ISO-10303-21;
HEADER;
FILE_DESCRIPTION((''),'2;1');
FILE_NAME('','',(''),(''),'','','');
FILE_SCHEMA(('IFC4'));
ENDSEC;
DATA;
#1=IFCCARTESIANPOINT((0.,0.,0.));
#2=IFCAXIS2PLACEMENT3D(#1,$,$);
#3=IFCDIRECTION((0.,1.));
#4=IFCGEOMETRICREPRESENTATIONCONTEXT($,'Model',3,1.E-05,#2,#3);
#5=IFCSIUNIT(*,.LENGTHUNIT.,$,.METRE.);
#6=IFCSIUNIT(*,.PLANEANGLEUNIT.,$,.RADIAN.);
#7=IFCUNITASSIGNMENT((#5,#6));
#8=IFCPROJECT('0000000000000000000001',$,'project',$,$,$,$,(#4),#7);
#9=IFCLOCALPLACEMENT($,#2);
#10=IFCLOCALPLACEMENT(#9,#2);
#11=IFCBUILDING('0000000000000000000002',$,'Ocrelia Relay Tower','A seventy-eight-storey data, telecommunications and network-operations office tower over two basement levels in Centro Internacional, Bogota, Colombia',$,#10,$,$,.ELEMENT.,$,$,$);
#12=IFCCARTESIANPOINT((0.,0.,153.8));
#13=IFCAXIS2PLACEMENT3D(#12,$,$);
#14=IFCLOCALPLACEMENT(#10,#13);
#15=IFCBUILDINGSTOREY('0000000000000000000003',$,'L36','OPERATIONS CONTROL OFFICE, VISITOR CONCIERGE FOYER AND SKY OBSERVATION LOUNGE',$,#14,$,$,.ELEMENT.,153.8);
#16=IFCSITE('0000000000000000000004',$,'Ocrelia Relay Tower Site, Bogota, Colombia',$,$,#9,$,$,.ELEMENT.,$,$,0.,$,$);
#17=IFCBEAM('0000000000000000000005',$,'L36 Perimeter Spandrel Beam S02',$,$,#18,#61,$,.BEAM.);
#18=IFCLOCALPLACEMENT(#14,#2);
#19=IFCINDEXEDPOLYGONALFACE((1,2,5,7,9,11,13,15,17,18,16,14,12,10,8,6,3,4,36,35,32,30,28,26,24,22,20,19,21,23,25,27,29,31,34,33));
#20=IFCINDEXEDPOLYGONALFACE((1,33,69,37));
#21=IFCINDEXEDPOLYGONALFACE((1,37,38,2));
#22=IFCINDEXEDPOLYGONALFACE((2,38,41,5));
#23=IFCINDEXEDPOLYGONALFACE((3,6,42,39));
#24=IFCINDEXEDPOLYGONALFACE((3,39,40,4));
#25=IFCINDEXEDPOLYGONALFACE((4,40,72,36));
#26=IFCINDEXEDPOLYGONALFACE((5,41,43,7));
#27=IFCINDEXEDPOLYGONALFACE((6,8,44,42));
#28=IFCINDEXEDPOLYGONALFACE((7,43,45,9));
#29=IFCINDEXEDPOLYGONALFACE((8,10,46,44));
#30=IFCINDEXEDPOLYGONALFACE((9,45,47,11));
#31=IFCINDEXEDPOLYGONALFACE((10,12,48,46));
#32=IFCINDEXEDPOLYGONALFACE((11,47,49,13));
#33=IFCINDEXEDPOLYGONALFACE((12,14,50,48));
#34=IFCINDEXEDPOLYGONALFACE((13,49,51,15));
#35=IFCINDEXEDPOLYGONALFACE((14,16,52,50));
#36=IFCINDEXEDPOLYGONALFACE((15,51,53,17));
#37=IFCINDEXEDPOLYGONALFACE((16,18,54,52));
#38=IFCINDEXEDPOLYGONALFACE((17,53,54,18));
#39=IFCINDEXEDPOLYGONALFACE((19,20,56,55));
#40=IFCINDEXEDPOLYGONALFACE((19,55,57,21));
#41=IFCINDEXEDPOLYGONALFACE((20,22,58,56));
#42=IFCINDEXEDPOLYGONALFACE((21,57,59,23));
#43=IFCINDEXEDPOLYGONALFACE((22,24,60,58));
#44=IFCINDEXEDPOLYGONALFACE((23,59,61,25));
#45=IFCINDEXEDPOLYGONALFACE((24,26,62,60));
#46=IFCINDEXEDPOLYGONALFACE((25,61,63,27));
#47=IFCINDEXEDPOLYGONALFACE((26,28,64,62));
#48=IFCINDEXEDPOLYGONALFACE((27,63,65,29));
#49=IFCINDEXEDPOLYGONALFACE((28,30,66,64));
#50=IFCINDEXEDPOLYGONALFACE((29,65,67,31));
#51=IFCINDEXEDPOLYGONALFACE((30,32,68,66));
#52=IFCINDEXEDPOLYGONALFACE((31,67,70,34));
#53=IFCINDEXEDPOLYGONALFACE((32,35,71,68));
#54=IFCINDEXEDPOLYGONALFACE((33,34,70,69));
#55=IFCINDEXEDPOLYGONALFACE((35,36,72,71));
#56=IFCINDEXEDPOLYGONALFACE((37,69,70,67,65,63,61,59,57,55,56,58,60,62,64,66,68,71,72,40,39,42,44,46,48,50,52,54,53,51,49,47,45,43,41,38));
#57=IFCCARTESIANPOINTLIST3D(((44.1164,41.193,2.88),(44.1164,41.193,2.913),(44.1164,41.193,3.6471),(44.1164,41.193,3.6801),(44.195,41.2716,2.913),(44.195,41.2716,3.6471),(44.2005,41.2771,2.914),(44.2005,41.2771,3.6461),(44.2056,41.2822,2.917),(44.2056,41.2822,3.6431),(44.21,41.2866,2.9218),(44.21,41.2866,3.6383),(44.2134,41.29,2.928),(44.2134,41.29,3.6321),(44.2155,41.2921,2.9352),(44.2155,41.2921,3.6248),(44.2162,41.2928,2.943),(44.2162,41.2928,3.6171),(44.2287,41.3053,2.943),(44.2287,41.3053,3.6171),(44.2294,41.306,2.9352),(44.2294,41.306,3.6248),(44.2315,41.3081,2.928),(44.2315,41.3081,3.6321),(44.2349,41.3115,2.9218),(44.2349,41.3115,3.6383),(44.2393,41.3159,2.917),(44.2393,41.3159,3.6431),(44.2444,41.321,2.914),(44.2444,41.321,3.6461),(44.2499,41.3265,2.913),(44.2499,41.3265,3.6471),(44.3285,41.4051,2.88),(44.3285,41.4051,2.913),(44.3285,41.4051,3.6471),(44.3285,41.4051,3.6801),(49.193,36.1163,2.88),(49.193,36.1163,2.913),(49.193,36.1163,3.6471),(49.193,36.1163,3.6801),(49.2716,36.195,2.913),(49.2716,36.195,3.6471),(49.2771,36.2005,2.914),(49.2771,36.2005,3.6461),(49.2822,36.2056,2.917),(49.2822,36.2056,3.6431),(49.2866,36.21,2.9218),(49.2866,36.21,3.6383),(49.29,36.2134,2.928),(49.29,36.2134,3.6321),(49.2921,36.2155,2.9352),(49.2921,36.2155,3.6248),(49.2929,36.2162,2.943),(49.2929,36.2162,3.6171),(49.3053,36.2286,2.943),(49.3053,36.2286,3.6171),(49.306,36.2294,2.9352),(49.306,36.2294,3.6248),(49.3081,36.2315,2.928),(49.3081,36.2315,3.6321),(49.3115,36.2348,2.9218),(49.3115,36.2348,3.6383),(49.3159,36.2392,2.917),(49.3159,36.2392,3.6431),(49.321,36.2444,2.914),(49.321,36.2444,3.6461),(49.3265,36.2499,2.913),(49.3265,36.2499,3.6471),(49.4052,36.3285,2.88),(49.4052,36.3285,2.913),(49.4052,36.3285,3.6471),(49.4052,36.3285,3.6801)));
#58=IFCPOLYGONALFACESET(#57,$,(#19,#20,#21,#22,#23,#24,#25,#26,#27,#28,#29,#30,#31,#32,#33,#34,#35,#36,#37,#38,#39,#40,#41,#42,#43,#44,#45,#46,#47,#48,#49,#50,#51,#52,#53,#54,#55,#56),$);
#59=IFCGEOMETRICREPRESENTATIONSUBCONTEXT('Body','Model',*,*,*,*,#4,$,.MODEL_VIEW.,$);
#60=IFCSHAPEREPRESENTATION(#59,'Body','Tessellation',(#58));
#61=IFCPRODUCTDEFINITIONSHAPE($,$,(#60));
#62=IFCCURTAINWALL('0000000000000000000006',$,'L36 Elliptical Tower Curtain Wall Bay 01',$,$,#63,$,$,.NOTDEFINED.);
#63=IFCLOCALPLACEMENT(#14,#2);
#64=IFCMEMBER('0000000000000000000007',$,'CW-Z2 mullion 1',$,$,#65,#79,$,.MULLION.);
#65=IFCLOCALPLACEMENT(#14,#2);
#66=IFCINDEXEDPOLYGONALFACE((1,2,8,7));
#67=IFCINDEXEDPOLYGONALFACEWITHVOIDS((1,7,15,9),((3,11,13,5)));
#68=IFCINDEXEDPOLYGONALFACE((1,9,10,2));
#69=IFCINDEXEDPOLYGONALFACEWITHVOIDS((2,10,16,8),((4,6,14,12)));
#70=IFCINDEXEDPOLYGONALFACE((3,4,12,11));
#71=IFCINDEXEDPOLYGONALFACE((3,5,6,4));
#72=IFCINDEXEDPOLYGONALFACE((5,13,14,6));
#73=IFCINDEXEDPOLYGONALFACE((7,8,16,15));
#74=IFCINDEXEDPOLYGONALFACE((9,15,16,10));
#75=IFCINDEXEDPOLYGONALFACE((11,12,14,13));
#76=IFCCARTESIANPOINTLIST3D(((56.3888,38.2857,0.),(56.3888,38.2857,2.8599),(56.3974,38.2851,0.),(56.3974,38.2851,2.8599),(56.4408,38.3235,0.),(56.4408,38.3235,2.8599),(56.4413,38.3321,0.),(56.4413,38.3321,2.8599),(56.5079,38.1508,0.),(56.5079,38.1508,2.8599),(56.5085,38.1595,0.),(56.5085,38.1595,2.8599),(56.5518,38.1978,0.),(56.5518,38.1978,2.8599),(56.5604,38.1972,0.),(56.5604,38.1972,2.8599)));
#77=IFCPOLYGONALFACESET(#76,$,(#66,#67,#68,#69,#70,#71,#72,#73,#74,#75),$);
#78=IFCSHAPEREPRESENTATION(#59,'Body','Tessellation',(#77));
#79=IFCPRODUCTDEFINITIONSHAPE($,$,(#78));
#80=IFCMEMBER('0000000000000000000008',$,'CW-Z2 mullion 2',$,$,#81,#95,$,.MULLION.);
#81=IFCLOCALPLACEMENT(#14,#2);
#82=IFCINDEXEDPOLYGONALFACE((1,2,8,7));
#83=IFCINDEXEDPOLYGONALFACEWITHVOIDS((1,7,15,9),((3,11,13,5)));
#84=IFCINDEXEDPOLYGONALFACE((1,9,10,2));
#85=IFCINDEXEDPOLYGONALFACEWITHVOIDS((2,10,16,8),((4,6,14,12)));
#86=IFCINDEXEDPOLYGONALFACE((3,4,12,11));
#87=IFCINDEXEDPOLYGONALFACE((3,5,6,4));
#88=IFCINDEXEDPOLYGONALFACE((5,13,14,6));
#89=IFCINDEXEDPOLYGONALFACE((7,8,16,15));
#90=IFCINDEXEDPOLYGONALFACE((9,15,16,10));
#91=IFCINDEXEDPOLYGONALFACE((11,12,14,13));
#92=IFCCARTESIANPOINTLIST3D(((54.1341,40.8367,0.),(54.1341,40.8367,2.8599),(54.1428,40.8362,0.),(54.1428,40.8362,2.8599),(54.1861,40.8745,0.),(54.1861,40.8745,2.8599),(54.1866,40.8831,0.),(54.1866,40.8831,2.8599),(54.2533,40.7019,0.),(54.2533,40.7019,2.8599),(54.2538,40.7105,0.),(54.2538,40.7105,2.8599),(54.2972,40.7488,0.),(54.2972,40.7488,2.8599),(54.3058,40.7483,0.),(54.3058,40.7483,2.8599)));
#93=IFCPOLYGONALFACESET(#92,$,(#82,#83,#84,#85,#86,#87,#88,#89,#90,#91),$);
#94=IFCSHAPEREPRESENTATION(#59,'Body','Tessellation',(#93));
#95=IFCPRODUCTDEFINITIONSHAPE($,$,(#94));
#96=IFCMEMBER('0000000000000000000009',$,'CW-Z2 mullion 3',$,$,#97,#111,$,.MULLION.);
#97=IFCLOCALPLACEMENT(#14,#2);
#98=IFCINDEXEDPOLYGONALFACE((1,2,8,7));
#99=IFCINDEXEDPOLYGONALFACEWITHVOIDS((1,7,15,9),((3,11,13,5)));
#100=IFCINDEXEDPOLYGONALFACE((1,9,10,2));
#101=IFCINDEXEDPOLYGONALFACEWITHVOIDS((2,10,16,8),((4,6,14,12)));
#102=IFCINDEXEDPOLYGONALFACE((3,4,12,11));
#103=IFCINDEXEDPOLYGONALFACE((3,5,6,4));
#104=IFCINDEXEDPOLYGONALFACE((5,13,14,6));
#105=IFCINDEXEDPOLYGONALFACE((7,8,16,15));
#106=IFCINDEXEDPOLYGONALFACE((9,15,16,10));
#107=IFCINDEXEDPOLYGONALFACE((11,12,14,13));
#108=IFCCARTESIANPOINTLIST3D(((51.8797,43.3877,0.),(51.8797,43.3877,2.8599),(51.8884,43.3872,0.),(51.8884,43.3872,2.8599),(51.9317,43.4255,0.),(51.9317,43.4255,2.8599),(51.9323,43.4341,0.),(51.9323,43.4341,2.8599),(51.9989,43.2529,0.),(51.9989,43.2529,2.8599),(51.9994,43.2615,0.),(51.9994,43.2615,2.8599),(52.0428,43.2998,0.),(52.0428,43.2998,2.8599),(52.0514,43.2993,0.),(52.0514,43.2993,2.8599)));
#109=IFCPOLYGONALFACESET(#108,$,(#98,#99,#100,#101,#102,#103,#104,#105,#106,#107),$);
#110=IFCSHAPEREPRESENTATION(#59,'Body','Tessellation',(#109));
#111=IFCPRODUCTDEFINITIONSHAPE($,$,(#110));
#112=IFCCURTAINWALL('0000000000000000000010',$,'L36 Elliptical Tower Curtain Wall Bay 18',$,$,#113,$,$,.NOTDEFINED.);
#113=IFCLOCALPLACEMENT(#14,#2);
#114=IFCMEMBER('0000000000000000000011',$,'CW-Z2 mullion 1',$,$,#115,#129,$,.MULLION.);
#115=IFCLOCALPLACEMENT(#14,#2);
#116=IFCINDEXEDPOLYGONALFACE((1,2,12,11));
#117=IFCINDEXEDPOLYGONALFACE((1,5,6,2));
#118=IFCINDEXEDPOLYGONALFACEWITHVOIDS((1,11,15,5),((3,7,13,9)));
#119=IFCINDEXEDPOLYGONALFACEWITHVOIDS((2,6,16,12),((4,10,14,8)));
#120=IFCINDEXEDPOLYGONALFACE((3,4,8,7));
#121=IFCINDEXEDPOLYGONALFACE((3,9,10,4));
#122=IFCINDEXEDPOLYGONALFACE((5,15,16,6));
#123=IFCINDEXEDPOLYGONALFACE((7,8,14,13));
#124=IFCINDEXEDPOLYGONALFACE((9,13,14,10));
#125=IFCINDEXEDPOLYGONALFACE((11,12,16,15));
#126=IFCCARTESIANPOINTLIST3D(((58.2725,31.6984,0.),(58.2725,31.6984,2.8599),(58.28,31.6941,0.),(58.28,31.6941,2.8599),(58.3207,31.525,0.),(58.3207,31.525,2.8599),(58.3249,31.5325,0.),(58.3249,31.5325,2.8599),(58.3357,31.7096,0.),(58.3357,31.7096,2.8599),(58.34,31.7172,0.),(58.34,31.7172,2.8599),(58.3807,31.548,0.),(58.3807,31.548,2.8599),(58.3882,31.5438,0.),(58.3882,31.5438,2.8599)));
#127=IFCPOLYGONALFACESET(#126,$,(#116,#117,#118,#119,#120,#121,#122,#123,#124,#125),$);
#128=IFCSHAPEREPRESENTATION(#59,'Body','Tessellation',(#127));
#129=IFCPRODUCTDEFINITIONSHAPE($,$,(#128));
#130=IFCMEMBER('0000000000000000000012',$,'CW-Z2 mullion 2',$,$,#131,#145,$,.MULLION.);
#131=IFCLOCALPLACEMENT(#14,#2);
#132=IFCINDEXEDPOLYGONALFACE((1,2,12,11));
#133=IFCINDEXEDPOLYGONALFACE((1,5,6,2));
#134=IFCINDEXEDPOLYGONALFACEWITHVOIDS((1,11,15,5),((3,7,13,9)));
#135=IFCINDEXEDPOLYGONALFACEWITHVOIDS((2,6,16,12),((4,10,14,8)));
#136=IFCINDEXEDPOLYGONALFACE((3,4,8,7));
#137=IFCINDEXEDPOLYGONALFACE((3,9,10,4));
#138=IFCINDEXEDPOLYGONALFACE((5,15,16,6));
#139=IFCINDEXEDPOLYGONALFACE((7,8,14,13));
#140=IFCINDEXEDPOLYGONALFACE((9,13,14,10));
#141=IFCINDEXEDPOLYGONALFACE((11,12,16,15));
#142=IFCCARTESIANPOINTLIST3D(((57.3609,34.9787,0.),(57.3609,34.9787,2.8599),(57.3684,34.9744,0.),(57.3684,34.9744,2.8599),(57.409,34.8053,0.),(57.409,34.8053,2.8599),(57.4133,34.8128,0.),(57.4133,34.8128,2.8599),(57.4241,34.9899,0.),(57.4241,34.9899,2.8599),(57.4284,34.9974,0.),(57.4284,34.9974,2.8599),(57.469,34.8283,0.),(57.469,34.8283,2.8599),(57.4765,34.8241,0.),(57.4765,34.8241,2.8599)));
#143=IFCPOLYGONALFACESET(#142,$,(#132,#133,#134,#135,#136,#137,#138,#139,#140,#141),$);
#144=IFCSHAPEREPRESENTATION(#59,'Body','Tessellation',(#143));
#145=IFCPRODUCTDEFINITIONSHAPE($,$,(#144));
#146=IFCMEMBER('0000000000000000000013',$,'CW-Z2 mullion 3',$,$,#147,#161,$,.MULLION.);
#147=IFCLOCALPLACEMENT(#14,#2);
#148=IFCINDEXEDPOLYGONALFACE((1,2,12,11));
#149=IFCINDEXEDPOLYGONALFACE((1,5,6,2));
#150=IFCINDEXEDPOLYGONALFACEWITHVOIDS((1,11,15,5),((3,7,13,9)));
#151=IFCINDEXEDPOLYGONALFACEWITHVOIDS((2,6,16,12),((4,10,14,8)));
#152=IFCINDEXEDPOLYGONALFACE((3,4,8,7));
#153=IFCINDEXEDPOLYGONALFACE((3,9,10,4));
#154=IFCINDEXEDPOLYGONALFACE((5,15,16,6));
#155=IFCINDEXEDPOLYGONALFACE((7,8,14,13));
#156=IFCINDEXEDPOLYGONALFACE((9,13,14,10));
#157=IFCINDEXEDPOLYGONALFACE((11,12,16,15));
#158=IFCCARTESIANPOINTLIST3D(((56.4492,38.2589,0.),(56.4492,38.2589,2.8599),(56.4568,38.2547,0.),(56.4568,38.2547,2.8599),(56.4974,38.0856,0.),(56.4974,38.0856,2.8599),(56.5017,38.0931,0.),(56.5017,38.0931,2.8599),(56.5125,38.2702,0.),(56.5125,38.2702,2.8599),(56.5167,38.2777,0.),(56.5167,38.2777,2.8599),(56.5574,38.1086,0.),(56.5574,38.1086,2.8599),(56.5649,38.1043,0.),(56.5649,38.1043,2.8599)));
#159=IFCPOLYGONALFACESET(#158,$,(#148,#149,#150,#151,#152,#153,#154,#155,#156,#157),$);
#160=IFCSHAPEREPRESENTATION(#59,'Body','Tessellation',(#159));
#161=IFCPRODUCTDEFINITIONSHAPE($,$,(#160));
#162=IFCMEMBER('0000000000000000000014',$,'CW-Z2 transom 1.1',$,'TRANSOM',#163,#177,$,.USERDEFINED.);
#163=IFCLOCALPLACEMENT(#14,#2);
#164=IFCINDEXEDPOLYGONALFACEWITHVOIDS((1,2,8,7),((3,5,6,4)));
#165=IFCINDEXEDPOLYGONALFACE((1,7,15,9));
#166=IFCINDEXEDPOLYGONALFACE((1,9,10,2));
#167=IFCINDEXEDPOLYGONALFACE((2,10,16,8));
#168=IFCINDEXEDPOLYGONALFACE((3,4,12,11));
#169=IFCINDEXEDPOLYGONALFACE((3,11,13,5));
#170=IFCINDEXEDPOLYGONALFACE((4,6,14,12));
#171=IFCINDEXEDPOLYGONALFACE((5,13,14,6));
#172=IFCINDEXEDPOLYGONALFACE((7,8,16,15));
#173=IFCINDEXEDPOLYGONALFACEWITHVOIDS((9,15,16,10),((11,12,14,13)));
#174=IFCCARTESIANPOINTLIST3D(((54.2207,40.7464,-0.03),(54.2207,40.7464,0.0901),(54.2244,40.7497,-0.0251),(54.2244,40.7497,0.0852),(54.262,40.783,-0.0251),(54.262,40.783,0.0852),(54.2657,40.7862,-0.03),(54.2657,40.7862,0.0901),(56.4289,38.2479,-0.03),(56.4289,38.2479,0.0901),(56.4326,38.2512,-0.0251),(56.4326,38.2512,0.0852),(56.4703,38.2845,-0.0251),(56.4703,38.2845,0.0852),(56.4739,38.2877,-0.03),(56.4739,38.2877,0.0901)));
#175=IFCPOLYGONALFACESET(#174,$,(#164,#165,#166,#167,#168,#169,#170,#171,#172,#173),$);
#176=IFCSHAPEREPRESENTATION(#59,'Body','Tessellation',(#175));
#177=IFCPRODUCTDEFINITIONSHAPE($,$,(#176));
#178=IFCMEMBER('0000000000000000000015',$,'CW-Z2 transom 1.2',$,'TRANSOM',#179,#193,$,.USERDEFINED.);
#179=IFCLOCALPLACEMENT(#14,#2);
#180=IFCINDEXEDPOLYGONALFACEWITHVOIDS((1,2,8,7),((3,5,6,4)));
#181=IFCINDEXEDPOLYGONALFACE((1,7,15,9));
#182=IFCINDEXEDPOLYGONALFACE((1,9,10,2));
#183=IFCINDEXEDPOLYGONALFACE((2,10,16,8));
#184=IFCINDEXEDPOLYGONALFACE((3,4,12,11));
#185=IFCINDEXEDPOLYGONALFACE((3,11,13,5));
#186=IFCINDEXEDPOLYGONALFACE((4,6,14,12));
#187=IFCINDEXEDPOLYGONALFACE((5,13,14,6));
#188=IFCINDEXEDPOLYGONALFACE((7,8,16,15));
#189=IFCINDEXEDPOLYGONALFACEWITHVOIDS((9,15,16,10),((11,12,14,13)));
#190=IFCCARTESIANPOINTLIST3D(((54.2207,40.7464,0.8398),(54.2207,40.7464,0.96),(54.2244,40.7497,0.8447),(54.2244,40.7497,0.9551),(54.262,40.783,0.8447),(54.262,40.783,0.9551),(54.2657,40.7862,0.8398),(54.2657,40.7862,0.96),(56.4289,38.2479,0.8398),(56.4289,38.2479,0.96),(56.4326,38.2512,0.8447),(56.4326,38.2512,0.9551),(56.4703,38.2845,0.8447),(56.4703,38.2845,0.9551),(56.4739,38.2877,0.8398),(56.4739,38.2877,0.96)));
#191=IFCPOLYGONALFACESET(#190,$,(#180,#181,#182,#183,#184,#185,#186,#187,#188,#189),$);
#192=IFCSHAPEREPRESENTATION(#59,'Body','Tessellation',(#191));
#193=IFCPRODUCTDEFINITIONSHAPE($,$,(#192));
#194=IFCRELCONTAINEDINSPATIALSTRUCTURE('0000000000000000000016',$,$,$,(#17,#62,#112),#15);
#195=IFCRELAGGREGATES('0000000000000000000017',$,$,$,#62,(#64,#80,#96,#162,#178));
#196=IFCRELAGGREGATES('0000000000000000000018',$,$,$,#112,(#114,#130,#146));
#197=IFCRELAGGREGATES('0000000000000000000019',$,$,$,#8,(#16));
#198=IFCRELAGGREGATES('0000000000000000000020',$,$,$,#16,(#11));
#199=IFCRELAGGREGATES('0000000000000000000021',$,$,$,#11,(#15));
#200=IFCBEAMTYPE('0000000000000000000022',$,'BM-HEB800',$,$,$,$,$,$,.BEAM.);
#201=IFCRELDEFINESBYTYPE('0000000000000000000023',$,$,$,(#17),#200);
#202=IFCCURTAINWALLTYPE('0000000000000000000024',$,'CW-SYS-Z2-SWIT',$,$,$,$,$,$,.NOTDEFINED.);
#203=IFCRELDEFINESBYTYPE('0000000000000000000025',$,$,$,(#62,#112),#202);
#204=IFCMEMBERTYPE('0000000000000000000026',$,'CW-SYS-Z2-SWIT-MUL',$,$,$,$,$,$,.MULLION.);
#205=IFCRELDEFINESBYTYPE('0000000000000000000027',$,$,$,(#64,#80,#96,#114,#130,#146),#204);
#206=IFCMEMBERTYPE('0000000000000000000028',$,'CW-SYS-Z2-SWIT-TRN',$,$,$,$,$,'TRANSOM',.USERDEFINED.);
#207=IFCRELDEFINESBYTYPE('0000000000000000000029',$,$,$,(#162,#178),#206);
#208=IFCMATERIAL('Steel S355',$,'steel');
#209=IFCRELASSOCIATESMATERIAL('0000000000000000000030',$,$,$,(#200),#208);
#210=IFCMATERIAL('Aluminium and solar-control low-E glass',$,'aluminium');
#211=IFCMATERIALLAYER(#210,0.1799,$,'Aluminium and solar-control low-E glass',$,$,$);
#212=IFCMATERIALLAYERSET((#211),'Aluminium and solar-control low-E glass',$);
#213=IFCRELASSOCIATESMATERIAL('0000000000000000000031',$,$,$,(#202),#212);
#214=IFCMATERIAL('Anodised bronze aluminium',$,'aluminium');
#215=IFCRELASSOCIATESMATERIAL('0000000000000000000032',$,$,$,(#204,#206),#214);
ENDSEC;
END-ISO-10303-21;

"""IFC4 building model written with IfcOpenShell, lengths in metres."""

from ifc_helpers import new_model, si_unit, direction, frame, origin, origin_2d, place, context, subcontext, project, spatial, hollow_rectangle, i_section, extrude, material, layer, layer_set, material_profile, profile_set, type_object, element, aggregate, save


model = new_model("IFC4")

# Units and contexts
model_context = context("Model", 3, precision=1e-05, world=origin(), true_north=direction((0.0, 1.0)))
body_context = subcontext(model_context, "Body", "Model", "MODEL_VIEW")
ifc_project = project(units=[si_unit("LENGTHUNIT", "METRE"), si_unit("PLANEANGLEUNIT", "RADIAN")], contexts=[model_context])

# Site, building, storey
site_placement = place(None, origin())
site = spatial("IfcSite", under=ifc_project, at=site_placement, Name="Ocrelia Relay Tower Site, Bogota, Colombia", CompositionType="ELEMENT", RefElevation=0.0)
building_placement = place(site_placement, origin())
building = spatial("IfcBuilding", under=site, at=building_placement, Name="Ocrelia Relay Tower", Description="A seventy-eight-storey data, telecommunications and network-operations office tower over two basement levels in Centro Internacional, Bogota, Colombia", CompositionType="ELEMENT")
storey_placement = place(building_placement, frame((0.0, 0.0, 153.8)))
storey = spatial("IfcBuildingStorey", under=building, at=storey_placement, Name="L36", Description="OPERATIONS CONTROL OFFICE, VISITOR CONCIERGE FOYER AND SKY OBSERVATION LOUNGE", CompositionType="ELEMENT", Elevation=153.8)

# Beam
ifc_material_1 = material(Name="Steel S355", Category="steel")
ifc_material_profile_1 = material_profile(ifc_material_1, i_section(OverallWidth=0.3, OverallDepth=0.8, WebThickness=0.0176, FlangeThickness=0.033, FilletRadius=0.03, at=origin_2d()), Name="HEB 800")
ifc_profile_set_1 = profile_set([ifc_material_profile_1], Name="Steel S355")
beam_type_1 = type_object("IfcBeamType", Name="BM-HEB800", PredefinedType="BEAM", material=ifc_profile_set_1)
beam_1_placement = place(storey_placement, frame((49.2991, 36.2224, 3.28), z_axis=(-0.707107, 0.707107, 0.0), x_axis=(-0.707107, -0.707107, 0.0)))
element("IfcBeam", 1, at=beam_1_placement, inside=storey, type_object=beam_type_1, Name="L36 Perimeter Spandrel Beam S02", PredefinedType="BEAM", context=body_context, shape_type="SweptSolid", body=[
    extrude(i_section(OverallWidth=0.3, OverallDepth=0.8, WebThickness=0.0176, FlangeThickness=0.033, FilletRadius=0.03, at=origin_2d()), origin(), (0.0, 0.0, 1.0), 7.1794),
])

# Curtain walls, members
ifc_material_2 = material(Name="Aluminium and solar-control low-E glass", Category="aluminium")
ifc_layer_1 = layer(ifc_material_2, 0.1799, Name="Aluminium and solar-control low-E glass")
ifc_layer_set_1 = layer_set([ifc_layer_1], Name="Aluminium and solar-control low-E glass")
curtain_wall_type = type_object("IfcCurtainWallType", Name="CW-SYS-Z2-SWIT", PredefinedType="NOTDEFINED", material=ifc_layer_set_1)
curtain_wall_1_placement = place(storey_placement, origin())
curtain_wall_1 = element("IfcCurtainWall", 2, at=curtain_wall_1_placement, inside=storey, type_object=curtain_wall_type, Name="L36 Elliptical Tower Curtain Wall Bay 01", PredefinedType="NOTDEFINED")
ifc_material_3 = material(Name="Anodised bronze aluminium", Category="aluminium")
ifc_material_profile_2 = material_profile(ifc_material_3, hollow_rectangle(XDim=0.0701, YDim=0.1799, WallThickness=0.0061, at=origin_2d()), Name="CW-MUL-180x70")
ifc_profile_set_2 = profile_set([ifc_material_profile_2], Name="Anodised bronze aluminium")
member_type_1 = type_object("IfcMemberType", Name="CW-SYS-Z2-SWIT-MUL", PredefinedType="MULLION", material=ifc_profile_set_2)
member_1_placement = place(storey_placement, frame((56.4746, 38.2415, 0.0), z_axis=(0.0, 0.0, 1.0), x_axis=(-0.74931, -0.662219, 0.0)))
member_1 = element("IfcMember", 3, at=member_1_placement, type_object=member_type_1, Name="CW-Z2 mullion 1", PredefinedType="MULLION", context=body_context, shape_type="SweptSolid", body=[
    extrude(hollow_rectangle(XDim=0.0701, YDim=0.1799, WallThickness=0.0061, at=origin_2d()), origin(), (0.0, 0.0, 1.0), 2.8599),
])
member_2_placement = place(storey_placement, frame((54.22, 40.7925, 0.0), z_axis=(0.0, 0.0, 1.0), x_axis=(-0.74931, -0.662219, 0.0)))
member_2 = element("IfcMember", 4, at=member_2_placement, type_object=member_type_1, Name="CW-Z2 mullion 2", PredefinedType="MULLION", context=body_context, shape_type="SweptSolid", body=[
    extrude(hollow_rectangle(XDim=0.0701, YDim=0.1799, WallThickness=0.0061, at=origin_2d()), origin(), (0.0, 0.0, 1.0), 2.8599),
])
member_3_placement = place(storey_placement, frame((51.9656, 43.3435, 0.0), z_axis=(0.0, 0.0, 1.0), x_axis=(-0.74931, -0.662219, 0.0)))
member_3 = element("IfcMember", 5, at=member_3_placement, type_object=member_type_1, Name="CW-Z2 mullion 3", PredefinedType="MULLION", context=body_context, shape_type="SweptSolid", body=[
    extrude(hollow_rectangle(XDim=0.0701, YDim=0.1799, WallThickness=0.0061, at=origin_2d()), origin(), (0.0, 0.0, 1.0), 2.8599),
])
curtain_wall_2_placement = place(storey_placement, origin())
curtain_wall_2 = element("IfcCurtainWall", 6, at=curtain_wall_2_placement, inside=storey, type_object=curtain_wall_type, Name="L36 Elliptical Tower Curtain Wall Bay 18", PredefinedType="NOTDEFINED")
member_4_placement = place(storey_placement, frame((58.3303, 31.6211, 0.0), z_axis=(0.0, 0.0, 1.0), x_axis=(-0.963487, -0.267754, 0.0)))
member_4 = element("IfcMember", 7, at=member_4_placement, type_object=member_type_1, Name="CW-Z2 mullion 1", PredefinedType="MULLION", context=body_context, shape_type="SweptSolid", body=[
    extrude(hollow_rectangle(XDim=0.0701, YDim=0.1799, WallThickness=0.0061, at=origin_2d()), origin(), (0.0, 0.0, 1.0), 2.8599),
])
member_5_placement = place(storey_placement, frame((57.4187, 34.9014, 0.0), z_axis=(0.0, 0.0, 1.0), x_axis=(-0.963487, -0.267754, 0.0)))
member_5 = element("IfcMember", 8, at=member_5_placement, type_object=member_type_1, Name="CW-Z2 mullion 2", PredefinedType="MULLION", context=body_context, shape_type="SweptSolid", body=[
    extrude(hollow_rectangle(XDim=0.0701, YDim=0.1799, WallThickness=0.0061, at=origin_2d()), origin(), (0.0, 0.0, 1.0), 2.8599),
])
member_6_placement = place(storey_placement, frame((56.5071, 38.1816, 0.0), z_axis=(0.0, 0.0, 1.0), x_axis=(-0.963487, -0.267754, 0.0)))
member_6 = element("IfcMember", 9, at=member_6_placement, type_object=member_type_1, Name="CW-Z2 mullion 3", PredefinedType="MULLION", context=body_context, shape_type="SweptSolid", body=[
    extrude(hollow_rectangle(XDim=0.0701, YDim=0.1799, WallThickness=0.0061, at=origin_2d()), origin(), (0.0, 0.0, 1.0), 2.8599),
])

# Members
ifc_material_profile_3 = material_profile(ifc_material_3, hollow_rectangle(XDim=0.0601, YDim=0.1201, WallThickness=0.0049, at=origin_2d()), Name="CW-TRN-120x60")
ifc_profile_set_3 = profile_set([ifc_material_profile_3], Name="Anodised bronze aluminium")
member_type_2 = type_object("IfcMemberType", Name="CW-SYS-Z2-SWIT-TRN", ElementType="TRANSOM", PredefinedType="USERDEFINED", material=ifc_profile_set_3)
member_7_placement = place(storey_placement, frame((56.4514, 38.2678, 0.03), z_axis=(-0.662239, 0.749293, 0.0), x_axis=(-0.749293, -0.662239, 0.0)))
member_7 = element("IfcMember", 10, at=member_7_placement, type_object=member_type_2, Name="CW-Z2 transom 1.1", ObjectType="TRANSOM", PredefinedType="USERDEFINED", context=body_context, shape_type="SweptSolid", body=[
    extrude(hollow_rectangle(XDim=0.0601, YDim=0.1201, WallThickness=0.0049, at=origin_2d()), origin(), (0.0, 0.0, 1.0), 3.3345),
])
member_8_placement = place(storey_placement, frame((56.4514, 38.2678, 0.8999), z_axis=(-0.662239, 0.749293, 0.0), x_axis=(-0.749293, -0.662239, 0.0)))
member_8 = element("IfcMember", 11, at=member_8_placement, type_object=member_type_2, Name="CW-Z2 transom 1.2", ObjectType="TRANSOM", PredefinedType="USERDEFINED", context=body_context, shape_type="SweptSolid", body=[
    extrude(hollow_rectangle(XDim=0.0601, YDim=0.1201, WallThickness=0.0049, at=origin_2d()), origin(), (0.0, 0.0, 1.0), 3.3345),
])

aggregate(curtain_wall_1, [member_1, member_2, member_3, member_7, member_8])
aggregate(curtain_wall_2, [member_4, member_5, member_6])

save(model, "model.ifc")
